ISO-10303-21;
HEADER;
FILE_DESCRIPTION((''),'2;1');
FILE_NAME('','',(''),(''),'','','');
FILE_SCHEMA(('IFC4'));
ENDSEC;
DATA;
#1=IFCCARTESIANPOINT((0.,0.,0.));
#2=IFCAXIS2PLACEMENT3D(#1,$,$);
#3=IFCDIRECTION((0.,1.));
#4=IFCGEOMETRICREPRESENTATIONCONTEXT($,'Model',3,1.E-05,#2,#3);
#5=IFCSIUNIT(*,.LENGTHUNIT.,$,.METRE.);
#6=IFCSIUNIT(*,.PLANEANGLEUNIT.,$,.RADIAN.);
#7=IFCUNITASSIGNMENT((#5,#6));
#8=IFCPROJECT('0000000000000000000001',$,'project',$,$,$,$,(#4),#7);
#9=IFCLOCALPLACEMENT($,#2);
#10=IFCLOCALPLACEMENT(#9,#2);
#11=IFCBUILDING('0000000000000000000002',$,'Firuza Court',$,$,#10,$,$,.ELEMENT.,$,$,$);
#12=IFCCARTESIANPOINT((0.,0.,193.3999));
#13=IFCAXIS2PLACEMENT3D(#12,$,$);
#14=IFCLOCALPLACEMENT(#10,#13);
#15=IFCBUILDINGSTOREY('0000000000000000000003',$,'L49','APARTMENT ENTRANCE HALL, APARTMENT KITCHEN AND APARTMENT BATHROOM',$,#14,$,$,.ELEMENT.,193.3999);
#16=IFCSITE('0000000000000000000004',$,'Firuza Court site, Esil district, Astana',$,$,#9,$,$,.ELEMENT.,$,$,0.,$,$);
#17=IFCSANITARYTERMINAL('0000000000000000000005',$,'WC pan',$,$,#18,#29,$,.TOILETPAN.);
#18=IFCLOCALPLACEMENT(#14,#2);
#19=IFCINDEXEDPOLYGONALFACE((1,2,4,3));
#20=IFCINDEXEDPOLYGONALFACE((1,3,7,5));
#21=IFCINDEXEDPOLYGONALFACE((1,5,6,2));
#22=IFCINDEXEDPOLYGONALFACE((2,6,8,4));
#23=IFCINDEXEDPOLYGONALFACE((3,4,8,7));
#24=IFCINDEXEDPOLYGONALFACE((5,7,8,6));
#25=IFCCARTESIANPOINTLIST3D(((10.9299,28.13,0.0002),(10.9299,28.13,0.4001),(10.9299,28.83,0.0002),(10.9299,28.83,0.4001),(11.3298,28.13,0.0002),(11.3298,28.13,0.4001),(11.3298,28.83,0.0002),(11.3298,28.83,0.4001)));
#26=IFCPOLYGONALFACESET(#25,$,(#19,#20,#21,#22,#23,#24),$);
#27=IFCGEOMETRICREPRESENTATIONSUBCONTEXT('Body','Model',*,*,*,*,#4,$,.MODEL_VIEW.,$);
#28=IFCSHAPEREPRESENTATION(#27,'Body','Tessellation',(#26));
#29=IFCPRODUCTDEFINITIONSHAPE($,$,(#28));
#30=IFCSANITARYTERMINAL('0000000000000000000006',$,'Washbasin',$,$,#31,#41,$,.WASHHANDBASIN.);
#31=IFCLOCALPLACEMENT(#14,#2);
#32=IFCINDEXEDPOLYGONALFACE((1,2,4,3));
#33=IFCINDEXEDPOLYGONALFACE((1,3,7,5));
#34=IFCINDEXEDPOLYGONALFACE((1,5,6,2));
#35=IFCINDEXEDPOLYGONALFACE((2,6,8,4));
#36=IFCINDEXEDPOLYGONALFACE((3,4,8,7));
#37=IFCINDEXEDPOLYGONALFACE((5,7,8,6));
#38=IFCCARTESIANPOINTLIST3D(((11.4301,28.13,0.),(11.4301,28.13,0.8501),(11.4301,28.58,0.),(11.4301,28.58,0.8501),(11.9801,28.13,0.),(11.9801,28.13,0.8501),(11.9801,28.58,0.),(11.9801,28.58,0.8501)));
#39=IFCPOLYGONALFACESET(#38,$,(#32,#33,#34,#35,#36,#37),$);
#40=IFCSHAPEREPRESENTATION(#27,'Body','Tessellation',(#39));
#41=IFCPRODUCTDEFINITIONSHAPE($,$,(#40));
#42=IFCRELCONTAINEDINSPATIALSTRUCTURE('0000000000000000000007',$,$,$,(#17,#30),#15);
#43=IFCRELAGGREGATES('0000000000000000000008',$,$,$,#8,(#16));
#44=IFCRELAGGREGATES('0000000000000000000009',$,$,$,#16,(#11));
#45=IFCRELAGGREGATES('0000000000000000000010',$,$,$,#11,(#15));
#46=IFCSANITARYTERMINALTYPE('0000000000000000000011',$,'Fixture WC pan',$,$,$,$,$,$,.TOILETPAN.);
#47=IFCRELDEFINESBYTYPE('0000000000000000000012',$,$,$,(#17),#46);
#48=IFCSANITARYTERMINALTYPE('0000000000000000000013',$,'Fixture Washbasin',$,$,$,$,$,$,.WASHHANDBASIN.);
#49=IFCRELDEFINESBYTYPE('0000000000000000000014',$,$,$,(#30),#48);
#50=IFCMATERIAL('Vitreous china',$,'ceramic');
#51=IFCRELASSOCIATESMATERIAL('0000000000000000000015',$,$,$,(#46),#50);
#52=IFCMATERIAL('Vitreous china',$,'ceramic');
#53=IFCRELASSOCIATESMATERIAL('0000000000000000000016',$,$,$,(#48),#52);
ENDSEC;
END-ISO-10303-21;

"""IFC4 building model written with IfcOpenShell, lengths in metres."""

from ifc_helpers import new_model, si_unit, direction, frame, origin, origin_2d, place, context, subcontext, project, spatial, rectangle, extrude, material, type_object, element, save


model = new_model("IFC4")

# Units and contexts
model_context = context("Model", 3, precision=1e-05, world=origin(), true_north=direction((0.0, 1.0)))
body_context = subcontext(model_context, "Body", "Model", "MODEL_VIEW")
ifc_project = project(units=[si_unit("LENGTHUNIT", "METRE"), si_unit("PLANEANGLEUNIT", "RADIAN")], contexts=[model_context])

# Site, building, storey
site_placement = place(None, origin())
site = spatial("IfcSite", under=ifc_project, at=site_placement, Name="Firuza Court site, Esil district, Astana", CompositionType="ELEMENT", RefElevation=0.0)
building_placement = place(site_placement, origin())
building = spatial("IfcBuilding", under=site, at=building_placement, Name="Firuza Court", CompositionType="ELEMENT")
storey_placement = place(building_placement, frame((0.0, 0.0, 193.3999)))
storey = spatial("IfcBuildingStorey", under=building, at=storey_placement, Name="L49", Description="APARTMENT ENTRANCE HALL, APARTMENT KITCHEN AND APARTMENT BATHROOM", CompositionType="ELEMENT", Elevation=193.3999)

# Sanitary terminals
ifc_material_1 = material(Name="Vitreous china", Category="ceramic")
sanitary_terminal_type_1 = type_object("IfcSanitaryTerminalType", Name="Fixture WC pan", PredefinedType="TOILETPAN", material=ifc_material_1)
sanitary_terminal_1_placement = place(storey_placement, frame((11.1299, 28.48, 0.0002), z_axis=(0.0, 0.0, 1.0), x_axis=(1.0, 0.0, 0.0)))
element("IfcSanitaryTerminal", 1, at=sanitary_terminal_1_placement, inside=storey, type_object=sanitary_terminal_type_1, Name="WC pan", PredefinedType="TOILETPAN", context=body_context, shape_type="SweptSolid", body=[
    extrude(rectangle(XDim=0.3999, YDim=0.7, at=origin_2d()), origin(), (0.0, 0.0, 1.0), 0.3999),
])
ifc_material_2 = material(Name="Vitreous china", Category="ceramic")
sanitary_terminal_type_2 = type_object("IfcSanitaryTerminalType", Name="Fixture Washbasin", PredefinedType="WASHHANDBASIN", material=ifc_material_2)
sanitary_terminal_2_placement = place(storey_placement, frame((11.7051, 28.355, 0.0), z_axis=(0.0, 0.0, 1.0), x_axis=(1.0, 0.0, 0.0)))
element("IfcSanitaryTerminal", 2, at=sanitary_terminal_2_placement, inside=storey, type_object=sanitary_terminal_type_2, Name="Washbasin", PredefinedType="WASHHANDBASIN", context=body_context, shape_type="SweptSolid", body=[
    extrude(rectangle(XDim=0.55, YDim=0.45, at=origin_2d()), origin(), (0.0, 0.0, 1.0), 0.8501),
])

save(model, "model.ifc")
